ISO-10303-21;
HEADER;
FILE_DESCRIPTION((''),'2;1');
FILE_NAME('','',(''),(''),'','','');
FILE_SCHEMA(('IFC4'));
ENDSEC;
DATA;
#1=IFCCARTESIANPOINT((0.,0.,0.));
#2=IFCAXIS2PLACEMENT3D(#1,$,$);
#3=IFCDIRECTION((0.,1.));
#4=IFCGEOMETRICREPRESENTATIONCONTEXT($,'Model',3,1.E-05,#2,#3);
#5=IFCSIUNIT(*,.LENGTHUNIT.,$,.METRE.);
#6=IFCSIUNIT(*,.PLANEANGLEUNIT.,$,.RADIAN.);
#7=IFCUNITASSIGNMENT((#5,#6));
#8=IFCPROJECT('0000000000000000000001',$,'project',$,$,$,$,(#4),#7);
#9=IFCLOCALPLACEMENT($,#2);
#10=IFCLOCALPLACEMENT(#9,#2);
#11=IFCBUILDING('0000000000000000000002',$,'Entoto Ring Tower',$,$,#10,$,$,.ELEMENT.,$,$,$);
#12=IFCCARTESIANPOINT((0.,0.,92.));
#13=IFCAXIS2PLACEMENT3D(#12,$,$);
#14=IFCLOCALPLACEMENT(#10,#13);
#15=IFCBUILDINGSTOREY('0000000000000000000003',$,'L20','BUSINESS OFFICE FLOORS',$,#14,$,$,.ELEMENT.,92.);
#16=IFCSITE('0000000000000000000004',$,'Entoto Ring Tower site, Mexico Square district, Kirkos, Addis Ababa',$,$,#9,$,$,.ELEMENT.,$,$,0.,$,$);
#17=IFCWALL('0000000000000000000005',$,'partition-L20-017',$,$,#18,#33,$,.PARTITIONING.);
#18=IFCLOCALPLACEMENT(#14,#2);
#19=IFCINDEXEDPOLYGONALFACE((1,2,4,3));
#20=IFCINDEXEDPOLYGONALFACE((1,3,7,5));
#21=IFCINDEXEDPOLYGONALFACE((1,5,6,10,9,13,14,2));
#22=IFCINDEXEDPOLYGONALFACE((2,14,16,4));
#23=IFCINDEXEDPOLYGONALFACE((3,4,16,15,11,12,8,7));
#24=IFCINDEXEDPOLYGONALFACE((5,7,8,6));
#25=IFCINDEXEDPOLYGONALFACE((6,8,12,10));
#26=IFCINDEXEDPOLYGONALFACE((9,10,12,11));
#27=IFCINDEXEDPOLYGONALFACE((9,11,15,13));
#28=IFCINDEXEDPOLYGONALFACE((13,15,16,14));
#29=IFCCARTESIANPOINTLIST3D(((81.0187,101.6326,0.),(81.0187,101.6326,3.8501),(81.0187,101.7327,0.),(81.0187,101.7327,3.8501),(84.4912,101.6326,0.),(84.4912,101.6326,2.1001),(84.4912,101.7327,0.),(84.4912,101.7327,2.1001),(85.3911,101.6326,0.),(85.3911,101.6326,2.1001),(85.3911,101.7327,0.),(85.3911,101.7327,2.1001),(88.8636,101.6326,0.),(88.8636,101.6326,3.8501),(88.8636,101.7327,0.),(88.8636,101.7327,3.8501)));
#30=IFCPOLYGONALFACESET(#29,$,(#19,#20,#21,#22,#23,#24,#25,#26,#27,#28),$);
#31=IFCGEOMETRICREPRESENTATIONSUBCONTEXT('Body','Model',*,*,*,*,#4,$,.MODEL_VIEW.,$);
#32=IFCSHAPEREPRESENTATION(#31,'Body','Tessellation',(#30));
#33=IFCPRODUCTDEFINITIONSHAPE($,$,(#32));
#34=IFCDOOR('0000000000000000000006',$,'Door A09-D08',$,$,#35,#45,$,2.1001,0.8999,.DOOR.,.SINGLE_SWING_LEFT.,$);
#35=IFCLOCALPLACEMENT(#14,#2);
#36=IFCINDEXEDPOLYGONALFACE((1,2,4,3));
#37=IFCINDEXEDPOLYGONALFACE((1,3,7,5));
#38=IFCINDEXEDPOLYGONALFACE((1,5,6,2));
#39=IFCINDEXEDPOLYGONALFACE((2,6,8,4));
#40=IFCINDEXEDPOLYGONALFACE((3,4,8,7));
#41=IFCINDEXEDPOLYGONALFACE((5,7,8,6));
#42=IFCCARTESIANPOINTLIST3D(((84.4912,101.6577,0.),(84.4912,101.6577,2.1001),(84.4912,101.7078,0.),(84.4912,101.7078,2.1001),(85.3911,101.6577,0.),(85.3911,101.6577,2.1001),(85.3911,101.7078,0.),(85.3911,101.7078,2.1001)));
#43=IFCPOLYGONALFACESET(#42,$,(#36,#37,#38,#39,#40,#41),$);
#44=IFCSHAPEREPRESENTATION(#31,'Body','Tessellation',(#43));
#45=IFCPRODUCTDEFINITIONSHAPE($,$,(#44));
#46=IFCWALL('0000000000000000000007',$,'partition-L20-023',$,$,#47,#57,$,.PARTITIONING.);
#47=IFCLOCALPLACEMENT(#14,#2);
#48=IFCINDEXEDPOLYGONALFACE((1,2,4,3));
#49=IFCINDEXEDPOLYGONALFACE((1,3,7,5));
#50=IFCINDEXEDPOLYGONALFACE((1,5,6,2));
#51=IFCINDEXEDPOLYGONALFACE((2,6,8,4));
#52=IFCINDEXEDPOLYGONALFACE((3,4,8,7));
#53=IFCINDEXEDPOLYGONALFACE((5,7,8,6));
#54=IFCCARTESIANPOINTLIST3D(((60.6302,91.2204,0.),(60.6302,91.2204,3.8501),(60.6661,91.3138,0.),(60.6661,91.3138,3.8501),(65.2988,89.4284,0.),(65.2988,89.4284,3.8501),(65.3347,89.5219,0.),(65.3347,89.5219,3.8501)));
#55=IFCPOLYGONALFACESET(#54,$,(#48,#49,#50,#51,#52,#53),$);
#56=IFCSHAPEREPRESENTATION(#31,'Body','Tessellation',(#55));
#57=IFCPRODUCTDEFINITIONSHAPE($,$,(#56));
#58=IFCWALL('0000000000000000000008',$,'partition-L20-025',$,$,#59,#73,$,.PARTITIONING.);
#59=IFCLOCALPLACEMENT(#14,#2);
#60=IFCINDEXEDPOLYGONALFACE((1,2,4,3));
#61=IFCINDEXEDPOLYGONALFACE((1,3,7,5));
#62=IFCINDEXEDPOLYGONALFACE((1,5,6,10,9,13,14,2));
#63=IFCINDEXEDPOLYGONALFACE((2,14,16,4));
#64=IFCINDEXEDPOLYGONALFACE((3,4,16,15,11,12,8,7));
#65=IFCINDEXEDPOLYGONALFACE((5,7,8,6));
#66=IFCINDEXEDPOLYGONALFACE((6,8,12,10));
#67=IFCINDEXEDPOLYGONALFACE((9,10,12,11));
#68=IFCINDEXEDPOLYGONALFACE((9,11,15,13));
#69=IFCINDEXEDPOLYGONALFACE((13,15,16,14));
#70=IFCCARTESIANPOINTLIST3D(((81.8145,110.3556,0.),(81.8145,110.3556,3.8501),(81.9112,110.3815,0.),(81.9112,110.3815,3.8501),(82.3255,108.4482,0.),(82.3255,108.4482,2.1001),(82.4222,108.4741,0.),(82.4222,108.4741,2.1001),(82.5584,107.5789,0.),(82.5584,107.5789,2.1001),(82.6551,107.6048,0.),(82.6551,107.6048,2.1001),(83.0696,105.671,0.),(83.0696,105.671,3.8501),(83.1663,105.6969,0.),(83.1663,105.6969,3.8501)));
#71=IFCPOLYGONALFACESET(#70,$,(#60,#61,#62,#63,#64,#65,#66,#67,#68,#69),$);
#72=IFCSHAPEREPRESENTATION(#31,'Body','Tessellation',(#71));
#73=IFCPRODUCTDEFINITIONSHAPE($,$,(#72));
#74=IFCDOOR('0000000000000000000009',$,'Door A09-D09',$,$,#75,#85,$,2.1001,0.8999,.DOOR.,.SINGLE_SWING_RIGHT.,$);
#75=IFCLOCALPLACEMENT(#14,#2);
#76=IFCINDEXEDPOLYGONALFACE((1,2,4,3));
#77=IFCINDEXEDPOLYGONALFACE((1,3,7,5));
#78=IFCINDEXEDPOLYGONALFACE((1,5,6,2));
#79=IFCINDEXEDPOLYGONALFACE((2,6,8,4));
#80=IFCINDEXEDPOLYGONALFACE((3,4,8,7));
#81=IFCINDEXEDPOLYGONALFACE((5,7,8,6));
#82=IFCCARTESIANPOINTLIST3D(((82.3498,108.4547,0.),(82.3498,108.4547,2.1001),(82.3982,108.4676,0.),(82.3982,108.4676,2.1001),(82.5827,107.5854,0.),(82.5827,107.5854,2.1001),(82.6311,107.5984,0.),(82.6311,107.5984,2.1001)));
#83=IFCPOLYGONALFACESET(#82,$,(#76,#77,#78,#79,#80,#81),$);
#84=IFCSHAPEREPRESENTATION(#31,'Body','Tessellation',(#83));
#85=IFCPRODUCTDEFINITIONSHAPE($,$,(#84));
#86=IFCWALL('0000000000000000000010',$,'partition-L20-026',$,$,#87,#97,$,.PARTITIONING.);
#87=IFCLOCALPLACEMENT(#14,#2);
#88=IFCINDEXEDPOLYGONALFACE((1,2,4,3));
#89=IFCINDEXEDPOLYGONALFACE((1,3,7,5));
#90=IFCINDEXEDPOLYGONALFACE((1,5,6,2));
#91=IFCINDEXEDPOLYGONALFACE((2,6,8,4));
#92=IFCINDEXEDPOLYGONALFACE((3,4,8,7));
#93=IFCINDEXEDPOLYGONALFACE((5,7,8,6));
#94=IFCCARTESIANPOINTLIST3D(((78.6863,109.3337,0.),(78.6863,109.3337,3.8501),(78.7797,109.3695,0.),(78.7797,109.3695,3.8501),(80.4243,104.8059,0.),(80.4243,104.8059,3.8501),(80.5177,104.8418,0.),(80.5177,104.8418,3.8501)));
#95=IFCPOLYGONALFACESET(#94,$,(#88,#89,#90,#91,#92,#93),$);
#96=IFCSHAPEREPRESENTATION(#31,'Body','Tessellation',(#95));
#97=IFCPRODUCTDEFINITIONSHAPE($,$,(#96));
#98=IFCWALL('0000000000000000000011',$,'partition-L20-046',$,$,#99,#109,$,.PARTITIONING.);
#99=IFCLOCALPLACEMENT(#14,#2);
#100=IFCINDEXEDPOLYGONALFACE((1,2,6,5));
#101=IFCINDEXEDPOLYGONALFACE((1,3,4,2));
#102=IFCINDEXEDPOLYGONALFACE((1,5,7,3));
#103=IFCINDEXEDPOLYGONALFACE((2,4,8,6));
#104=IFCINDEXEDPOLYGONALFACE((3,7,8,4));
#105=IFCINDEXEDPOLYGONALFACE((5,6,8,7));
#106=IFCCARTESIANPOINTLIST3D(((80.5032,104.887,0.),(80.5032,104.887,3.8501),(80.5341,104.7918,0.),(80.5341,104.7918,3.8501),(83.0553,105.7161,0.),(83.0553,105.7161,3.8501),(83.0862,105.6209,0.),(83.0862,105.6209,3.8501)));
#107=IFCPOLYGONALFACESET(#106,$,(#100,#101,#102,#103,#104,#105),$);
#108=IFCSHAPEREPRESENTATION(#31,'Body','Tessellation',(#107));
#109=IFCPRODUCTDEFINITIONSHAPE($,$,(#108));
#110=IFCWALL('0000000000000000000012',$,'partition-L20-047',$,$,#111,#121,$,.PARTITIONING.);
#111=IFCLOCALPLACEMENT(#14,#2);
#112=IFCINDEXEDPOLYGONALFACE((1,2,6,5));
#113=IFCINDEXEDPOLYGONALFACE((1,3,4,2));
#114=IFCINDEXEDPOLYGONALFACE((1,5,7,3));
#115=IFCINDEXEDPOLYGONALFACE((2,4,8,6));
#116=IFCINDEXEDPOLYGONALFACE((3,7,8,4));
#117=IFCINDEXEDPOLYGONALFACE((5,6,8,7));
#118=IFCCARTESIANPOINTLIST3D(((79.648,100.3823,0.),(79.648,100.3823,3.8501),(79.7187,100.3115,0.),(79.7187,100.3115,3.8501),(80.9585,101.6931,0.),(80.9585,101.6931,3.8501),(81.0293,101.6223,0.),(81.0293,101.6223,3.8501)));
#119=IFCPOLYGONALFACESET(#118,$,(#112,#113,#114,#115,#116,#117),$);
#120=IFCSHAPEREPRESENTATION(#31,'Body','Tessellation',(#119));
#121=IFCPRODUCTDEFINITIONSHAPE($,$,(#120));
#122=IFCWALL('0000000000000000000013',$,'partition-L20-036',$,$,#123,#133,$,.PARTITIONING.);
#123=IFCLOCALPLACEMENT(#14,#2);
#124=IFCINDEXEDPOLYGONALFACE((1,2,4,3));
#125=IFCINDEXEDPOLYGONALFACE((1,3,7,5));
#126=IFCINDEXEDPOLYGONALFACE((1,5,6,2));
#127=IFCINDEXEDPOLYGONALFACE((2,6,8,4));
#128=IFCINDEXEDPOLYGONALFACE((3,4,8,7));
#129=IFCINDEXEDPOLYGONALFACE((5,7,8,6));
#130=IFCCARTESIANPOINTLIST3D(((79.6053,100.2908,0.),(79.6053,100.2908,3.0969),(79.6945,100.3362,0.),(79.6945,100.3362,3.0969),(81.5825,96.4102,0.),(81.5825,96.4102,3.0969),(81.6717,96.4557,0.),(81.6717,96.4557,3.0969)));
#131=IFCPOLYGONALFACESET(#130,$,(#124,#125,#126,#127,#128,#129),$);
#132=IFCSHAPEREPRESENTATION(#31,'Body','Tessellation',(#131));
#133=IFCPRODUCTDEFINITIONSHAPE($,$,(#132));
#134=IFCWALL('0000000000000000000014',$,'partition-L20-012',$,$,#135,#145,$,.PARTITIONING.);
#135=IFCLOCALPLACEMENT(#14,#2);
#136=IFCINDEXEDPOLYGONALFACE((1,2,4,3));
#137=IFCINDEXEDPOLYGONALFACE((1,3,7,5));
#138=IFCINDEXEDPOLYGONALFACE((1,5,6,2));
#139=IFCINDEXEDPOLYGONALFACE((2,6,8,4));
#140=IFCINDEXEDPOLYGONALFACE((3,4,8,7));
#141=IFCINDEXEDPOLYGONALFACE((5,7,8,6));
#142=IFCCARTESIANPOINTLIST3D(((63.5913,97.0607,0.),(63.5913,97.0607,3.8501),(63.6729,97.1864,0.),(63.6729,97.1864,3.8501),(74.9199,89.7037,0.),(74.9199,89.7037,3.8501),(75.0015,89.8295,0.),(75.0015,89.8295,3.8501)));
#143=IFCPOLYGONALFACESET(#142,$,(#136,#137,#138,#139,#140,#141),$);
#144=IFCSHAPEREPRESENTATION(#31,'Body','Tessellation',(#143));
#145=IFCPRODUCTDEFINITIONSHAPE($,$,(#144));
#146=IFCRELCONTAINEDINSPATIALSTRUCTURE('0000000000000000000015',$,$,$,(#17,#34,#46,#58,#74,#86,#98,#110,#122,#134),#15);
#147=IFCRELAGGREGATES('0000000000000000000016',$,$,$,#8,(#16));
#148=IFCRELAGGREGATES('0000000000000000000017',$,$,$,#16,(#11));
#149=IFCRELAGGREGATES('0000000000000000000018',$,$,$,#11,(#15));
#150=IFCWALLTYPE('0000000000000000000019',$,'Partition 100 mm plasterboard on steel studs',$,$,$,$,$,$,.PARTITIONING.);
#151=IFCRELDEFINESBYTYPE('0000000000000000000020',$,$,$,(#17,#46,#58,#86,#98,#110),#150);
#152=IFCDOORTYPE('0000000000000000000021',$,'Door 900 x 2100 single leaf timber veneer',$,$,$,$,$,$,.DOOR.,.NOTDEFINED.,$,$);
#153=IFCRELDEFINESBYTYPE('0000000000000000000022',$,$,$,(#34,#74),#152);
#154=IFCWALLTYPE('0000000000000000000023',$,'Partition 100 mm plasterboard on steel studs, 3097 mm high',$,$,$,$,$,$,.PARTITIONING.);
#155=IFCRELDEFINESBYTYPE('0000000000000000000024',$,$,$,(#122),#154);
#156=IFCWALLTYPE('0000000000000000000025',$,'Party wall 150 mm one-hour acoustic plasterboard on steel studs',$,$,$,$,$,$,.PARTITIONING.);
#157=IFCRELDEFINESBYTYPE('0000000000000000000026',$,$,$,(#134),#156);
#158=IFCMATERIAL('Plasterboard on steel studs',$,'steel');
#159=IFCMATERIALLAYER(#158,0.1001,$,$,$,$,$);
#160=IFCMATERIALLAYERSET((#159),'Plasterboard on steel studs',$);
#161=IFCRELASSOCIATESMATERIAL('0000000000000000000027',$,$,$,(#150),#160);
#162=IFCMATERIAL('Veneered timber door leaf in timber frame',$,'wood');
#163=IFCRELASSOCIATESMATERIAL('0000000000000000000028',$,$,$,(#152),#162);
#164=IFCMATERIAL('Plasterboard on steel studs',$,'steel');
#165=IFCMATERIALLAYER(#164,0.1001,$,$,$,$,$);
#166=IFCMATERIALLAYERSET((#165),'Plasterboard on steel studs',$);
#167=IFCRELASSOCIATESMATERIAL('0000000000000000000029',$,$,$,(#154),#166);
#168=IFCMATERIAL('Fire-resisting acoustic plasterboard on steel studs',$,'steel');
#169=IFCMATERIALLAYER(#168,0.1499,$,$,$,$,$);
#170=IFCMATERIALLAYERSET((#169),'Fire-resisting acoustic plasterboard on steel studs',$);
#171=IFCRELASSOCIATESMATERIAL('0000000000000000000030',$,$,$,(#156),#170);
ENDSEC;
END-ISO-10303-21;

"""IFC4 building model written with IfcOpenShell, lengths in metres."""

from ifc_helpers import new_model, si_unit, direction, frame, frame_2d, origin, place, context, subcontext, project, spatial, rectangle, extrude, material, layer, layer_set, type_object, element, fill, save


model = new_model("IFC4")

# Units and contexts
model_context = context("Model", 3, precision=1e-05, world=origin(), true_north=direction((0.0, 1.0)))
body_context = subcontext(model_context, "Body", "Model", "MODEL_VIEW")
ifc_project = project(units=[si_unit("LENGTHUNIT", "METRE"), si_unit("PLANEANGLEUNIT", "RADIAN")], contexts=[model_context])

# Site, building, storey
site_placement = place(None, origin())
site = spatial("IfcSite", under=ifc_project, at=site_placement, Name="Entoto Ring Tower site, Mexico Square district, Kirkos, Addis Ababa", CompositionType="ELEMENT", RefElevation=0.0)
building_placement = place(site_placement, origin())
building = spatial("IfcBuilding", under=site, at=building_placement, Name="Entoto Ring Tower", CompositionType="ELEMENT")
storey_placement = place(building_placement, frame((0.0, 0.0, 92.0)))
storey = spatial("IfcBuildingStorey", under=building, at=storey_placement, Name="L20", Description="BUSINESS OFFICE FLOORS", CompositionType="ELEMENT", Elevation=92.0)

# Wall, opening, door
ifc_material_1 = material(Name="Plasterboard on steel studs", Category="steel")
ifc_layer_1 = layer(ifc_material_1, 0.1001)
ifc_layer_set_1 = layer_set([ifc_layer_1], Name="Plasterboard on steel studs")
wall_type_1 = type_object("IfcWallType", Name="Partition 100 mm plasterboard on steel studs", PredefinedType="PARTITIONING", material=ifc_layer_set_1)
wall_1_placement = place(storey_placement, frame((81.0188, 101.6826, 0.0), z_axis=(0.0, 0.0, 1.0), x_axis=(1.0, 0.0, 0.0)))
wall_1 = element("IfcWall", 1, at=wall_1_placement, inside=storey, type_object=wall_type_1, Name="partition-L20-017", PredefinedType="PARTITIONING", context=body_context, shape_type="SweptSolid", body=[
    extrude(rectangle(XDim=7.845, YDim=0.1001, at=frame_2d((3.9224, 0.0))), origin(), (0.0, 0.0, 1.0), 3.8501),
])
opening_1_placement = place(wall_1_placement, frame((3.4724, 0.0, 0.0)))
opening_1 = element("IfcOpeningElement", 2, at=opening_1_placement, cuts=wall_1, PredefinedType="OPENING", context=body_context, shape_type="SweptSolid", body=[
    extrude(rectangle(XDim=0.8999, YDim=2.1001, at=frame_2d((0.45, 1.05))), frame((0.0, 0.0601, 0.0), z_axis=(0.0, -1.0, 0.0), x_axis=(1.0, 0.0, 0.0)), (0.0, 0.0, 1.0), 0.1201),
])
ifc_material_2 = material(Name="Veneered timber door leaf in timber frame", Category="wood")
door_type_1 = type_object("IfcDoorType", Name="Door 900 x 2100 single leaf timber veneer", OperationType="NOTDEFINED", PredefinedType="DOOR", material=ifc_material_2)
door_1_placement = place(opening_1_placement, frame((0.8999, 0.0, 0.0), z_axis=(0.0, 0.0, 1.0), x_axis=(-1.0, 0.0, 0.0)))
door_1 = element("IfcDoor", 3, at=door_1_placement, inside=storey, type_object=door_type_1, Name="Door A09-D08", OperationType="SINGLE_SWING_LEFT", OverallHeight=2.1001, OverallWidth=0.8999, PredefinedType="DOOR", context=body_context, shape_type="SweptSolid", body=[
    extrude(rectangle(XDim=0.8999, YDim=2.1001, at=frame_2d((0.45, 1.05))), frame((0.0, 0.0249, 0.0), z_axis=(0.0, -1.0, 0.0), x_axis=(1.0, 0.0, 0.0)), (0.0, 0.0, 1.0), 0.05),
])
fill(opening_1, door_1)

# Wall
wall_2_placement = place(storey_placement, frame((65.3169, 89.4751, 0.0), z_axis=(0.0, 0.0, 1.0), x_axis=(-0.933591, 0.358341, 0.0)))
element("IfcWall", 4, at=wall_2_placement, inside=storey, type_object=wall_type_1, Name="partition-L20-023", PredefinedType="PARTITIONING", context=body_context, shape_type="SweptSolid", body=[
    extrude(rectangle(XDim=5.0007, YDim=0.1001, at=frame_2d((2.5005, 0.0))), origin(), (0.0, 0.0, 1.0), 3.8501),
])

# Wall, opening, door
wall_3_placement = place(storey_placement, frame((83.1179, 105.6841, 0.0), z_axis=(0.0, 0.0, 1.0), x_axis=(-0.2588, 0.965931, 0.0)))
wall_3 = element("IfcWall", 5, at=wall_3_placement, inside=storey, type_object=wall_type_1, Name="partition-L20-025", PredefinedType="PARTITIONING", context=body_context, shape_type="SweptSolid", body=[
    extrude(rectangle(XDim=4.8499, YDim=0.1001, at=frame_2d((2.4248, 0.0))), origin(), (0.0, 0.0, 1.0), 3.8501),
])
opening_2_placement = place(wall_3_placement, frame((1.9751, 0.0, 0.0)))
opening_2 = element("IfcOpeningElement", 6, at=opening_2_placement, cuts=wall_3, PredefinedType="OPENING", context=body_context, shape_type="SweptSolid", body=[
    extrude(rectangle(XDim=0.8999, YDim=2.1001, at=frame_2d((0.45, 1.05))), frame((0.0, 0.0601, 0.0), z_axis=(0.0, -1.0, 0.0), x_axis=(1.0, 0.0, 0.0)), (0.0, 0.0, 1.0), 0.1201),
])
door_2_placement = place(opening_2_placement, origin())
door_2 = element("IfcDoor", 7, at=door_2_placement, inside=storey, type_object=door_type_1, Name="Door A09-D09", OperationType="SINGLE_SWING_RIGHT", OverallHeight=2.1001, OverallWidth=0.8999, PredefinedType="DOOR", context=body_context, shape_type="SweptSolid", body=[
    extrude(rectangle(XDim=0.8999, YDim=2.1001, at=frame_2d((0.45, 1.05))), frame((0.0, 0.0249, 0.0), z_axis=(0.0, -1.0, 0.0), x_axis=(1.0, 0.0, 0.0)), (0.0, 0.0, 1.0), 0.05),
])
fill(opening_2, door_2)

# Walls
wall_4_placement = place(storey_placement, frame((80.4709, 104.824, 0.0), z_axis=(0.0, 0.0, 1.0), x_axis=(-0.358362, 0.933583, 0.0)))
element("IfcWall", 8, at=wall_4_placement, inside=storey, type_object=wall_type_1, Name="partition-L20-026", PredefinedType="PARTITIONING", context=body_context, shape_type="SweptSolid", body=[
    extrude(rectangle(XDim=4.8499, YDim=0.1001, at=frame_2d((2.4248, 0.0))), origin(), (0.0, 0.0, 1.0), 3.8501),
])
wall_5_placement = place(storey_placement, frame((80.5186, 104.8394, 0.0), z_axis=(0.0, 0.0, 1.0), x_axis=(0.951067, 0.308985, 0.0)))
element("IfcWall", 9, at=wall_5_placement, inside=storey, type_object=wall_type_1, Name="partition-L20-046", PredefinedType="PARTITIONING", context=body_context, shape_type="SweptSolid", body=[
    extrude(rectangle(XDim=2.6833, YDim=0.1001, at=frame_2d((1.3418, 0.0))), origin(), (0.0, 0.0, 1.0), 3.8501),
])
wall_6_placement = place(storey_placement, frame((79.6833, 100.3469, 0.0), z_axis=(0.0, 0.0, 1.0), x_axis=(0.707041, 0.707173, 0.0)))
element("IfcWall", 10, at=wall_6_placement, inside=storey, type_object=wall_type_1, Name="partition-L20-047", PredefinedType="PARTITIONING", context=body_context, shape_type="SweptSolid", body=[
    extrude(rectangle(XDim=1.8535, YDim=0.1001, at=frame_2d((0.9268, 0.0))), origin(), (0.0, 0.0, 1.0), 3.8501),
])
ifc_material_3 = material(Name="Plasterboard on steel studs", Category="steel")
ifc_layer_2 = layer(ifc_material_3, 0.1001)
ifc_layer_set_2 = layer_set([ifc_layer_2], Name="Plasterboard on steel studs")
wall_type_2 = type_object("IfcWallType", Name="Partition 100 mm plasterboard on steel studs, 3097 mm high", PredefinedType="PARTITIONING", material=ifc_layer_set_2)
wall_7_placement = place(storey_placement, frame((81.6272, 96.4329, 0.0), z_axis=(0.0, 0.0, 1.0), x_axis=(-0.453995, 0.891004, 0.0)))
element("IfcWall", 11, at=wall_7_placement, inside=storey, type_object=wall_type_2, Name="partition-L20-036", PredefinedType="PARTITIONING", context=body_context, shape_type="SweptSolid", body=[
    extrude(rectangle(XDim=4.3552, YDim=0.1001, at=frame_2d((2.1777, 0.0))), origin(), (0.0, 0.0, 1.0), 3.0969),
])
ifc_material_4 = material(Name="Fire-resisting acoustic plasterboard on steel studs", Category="steel")
ifc_layer_3 = layer(ifc_material_4, 0.1499)
ifc_layer_set_3 = layer_set([ifc_layer_3], Name="Fire-resisting acoustic plasterboard on steel studs")
wall_type_3 = type_object("IfcWallType", Name="Party wall 150 mm one-hour acoustic plasterboard on steel studs", PredefinedType="PARTITIONING", material=ifc_layer_set_3)
wall_8_placement = place(storey_placement, frame((74.9607, 89.7666, 0.0), z_axis=(0.0, 0.0, 1.0), x_axis=(-0.838669, 0.544641, 0.0)))
element("IfcWall", 12, at=wall_8_placement, inside=storey, type_object=wall_type_3, Name="partition-L20-012", PredefinedType="PARTITIONING", context=body_context, shape_type="SweptSolid", body=[
    extrude(rectangle(XDim=13.5078, YDim=0.1499, at=frame_2d((6.7539, 0.0))), origin(), (0.0, 0.0, 1.0), 3.8501),
])

save(model, "model.ifc")
